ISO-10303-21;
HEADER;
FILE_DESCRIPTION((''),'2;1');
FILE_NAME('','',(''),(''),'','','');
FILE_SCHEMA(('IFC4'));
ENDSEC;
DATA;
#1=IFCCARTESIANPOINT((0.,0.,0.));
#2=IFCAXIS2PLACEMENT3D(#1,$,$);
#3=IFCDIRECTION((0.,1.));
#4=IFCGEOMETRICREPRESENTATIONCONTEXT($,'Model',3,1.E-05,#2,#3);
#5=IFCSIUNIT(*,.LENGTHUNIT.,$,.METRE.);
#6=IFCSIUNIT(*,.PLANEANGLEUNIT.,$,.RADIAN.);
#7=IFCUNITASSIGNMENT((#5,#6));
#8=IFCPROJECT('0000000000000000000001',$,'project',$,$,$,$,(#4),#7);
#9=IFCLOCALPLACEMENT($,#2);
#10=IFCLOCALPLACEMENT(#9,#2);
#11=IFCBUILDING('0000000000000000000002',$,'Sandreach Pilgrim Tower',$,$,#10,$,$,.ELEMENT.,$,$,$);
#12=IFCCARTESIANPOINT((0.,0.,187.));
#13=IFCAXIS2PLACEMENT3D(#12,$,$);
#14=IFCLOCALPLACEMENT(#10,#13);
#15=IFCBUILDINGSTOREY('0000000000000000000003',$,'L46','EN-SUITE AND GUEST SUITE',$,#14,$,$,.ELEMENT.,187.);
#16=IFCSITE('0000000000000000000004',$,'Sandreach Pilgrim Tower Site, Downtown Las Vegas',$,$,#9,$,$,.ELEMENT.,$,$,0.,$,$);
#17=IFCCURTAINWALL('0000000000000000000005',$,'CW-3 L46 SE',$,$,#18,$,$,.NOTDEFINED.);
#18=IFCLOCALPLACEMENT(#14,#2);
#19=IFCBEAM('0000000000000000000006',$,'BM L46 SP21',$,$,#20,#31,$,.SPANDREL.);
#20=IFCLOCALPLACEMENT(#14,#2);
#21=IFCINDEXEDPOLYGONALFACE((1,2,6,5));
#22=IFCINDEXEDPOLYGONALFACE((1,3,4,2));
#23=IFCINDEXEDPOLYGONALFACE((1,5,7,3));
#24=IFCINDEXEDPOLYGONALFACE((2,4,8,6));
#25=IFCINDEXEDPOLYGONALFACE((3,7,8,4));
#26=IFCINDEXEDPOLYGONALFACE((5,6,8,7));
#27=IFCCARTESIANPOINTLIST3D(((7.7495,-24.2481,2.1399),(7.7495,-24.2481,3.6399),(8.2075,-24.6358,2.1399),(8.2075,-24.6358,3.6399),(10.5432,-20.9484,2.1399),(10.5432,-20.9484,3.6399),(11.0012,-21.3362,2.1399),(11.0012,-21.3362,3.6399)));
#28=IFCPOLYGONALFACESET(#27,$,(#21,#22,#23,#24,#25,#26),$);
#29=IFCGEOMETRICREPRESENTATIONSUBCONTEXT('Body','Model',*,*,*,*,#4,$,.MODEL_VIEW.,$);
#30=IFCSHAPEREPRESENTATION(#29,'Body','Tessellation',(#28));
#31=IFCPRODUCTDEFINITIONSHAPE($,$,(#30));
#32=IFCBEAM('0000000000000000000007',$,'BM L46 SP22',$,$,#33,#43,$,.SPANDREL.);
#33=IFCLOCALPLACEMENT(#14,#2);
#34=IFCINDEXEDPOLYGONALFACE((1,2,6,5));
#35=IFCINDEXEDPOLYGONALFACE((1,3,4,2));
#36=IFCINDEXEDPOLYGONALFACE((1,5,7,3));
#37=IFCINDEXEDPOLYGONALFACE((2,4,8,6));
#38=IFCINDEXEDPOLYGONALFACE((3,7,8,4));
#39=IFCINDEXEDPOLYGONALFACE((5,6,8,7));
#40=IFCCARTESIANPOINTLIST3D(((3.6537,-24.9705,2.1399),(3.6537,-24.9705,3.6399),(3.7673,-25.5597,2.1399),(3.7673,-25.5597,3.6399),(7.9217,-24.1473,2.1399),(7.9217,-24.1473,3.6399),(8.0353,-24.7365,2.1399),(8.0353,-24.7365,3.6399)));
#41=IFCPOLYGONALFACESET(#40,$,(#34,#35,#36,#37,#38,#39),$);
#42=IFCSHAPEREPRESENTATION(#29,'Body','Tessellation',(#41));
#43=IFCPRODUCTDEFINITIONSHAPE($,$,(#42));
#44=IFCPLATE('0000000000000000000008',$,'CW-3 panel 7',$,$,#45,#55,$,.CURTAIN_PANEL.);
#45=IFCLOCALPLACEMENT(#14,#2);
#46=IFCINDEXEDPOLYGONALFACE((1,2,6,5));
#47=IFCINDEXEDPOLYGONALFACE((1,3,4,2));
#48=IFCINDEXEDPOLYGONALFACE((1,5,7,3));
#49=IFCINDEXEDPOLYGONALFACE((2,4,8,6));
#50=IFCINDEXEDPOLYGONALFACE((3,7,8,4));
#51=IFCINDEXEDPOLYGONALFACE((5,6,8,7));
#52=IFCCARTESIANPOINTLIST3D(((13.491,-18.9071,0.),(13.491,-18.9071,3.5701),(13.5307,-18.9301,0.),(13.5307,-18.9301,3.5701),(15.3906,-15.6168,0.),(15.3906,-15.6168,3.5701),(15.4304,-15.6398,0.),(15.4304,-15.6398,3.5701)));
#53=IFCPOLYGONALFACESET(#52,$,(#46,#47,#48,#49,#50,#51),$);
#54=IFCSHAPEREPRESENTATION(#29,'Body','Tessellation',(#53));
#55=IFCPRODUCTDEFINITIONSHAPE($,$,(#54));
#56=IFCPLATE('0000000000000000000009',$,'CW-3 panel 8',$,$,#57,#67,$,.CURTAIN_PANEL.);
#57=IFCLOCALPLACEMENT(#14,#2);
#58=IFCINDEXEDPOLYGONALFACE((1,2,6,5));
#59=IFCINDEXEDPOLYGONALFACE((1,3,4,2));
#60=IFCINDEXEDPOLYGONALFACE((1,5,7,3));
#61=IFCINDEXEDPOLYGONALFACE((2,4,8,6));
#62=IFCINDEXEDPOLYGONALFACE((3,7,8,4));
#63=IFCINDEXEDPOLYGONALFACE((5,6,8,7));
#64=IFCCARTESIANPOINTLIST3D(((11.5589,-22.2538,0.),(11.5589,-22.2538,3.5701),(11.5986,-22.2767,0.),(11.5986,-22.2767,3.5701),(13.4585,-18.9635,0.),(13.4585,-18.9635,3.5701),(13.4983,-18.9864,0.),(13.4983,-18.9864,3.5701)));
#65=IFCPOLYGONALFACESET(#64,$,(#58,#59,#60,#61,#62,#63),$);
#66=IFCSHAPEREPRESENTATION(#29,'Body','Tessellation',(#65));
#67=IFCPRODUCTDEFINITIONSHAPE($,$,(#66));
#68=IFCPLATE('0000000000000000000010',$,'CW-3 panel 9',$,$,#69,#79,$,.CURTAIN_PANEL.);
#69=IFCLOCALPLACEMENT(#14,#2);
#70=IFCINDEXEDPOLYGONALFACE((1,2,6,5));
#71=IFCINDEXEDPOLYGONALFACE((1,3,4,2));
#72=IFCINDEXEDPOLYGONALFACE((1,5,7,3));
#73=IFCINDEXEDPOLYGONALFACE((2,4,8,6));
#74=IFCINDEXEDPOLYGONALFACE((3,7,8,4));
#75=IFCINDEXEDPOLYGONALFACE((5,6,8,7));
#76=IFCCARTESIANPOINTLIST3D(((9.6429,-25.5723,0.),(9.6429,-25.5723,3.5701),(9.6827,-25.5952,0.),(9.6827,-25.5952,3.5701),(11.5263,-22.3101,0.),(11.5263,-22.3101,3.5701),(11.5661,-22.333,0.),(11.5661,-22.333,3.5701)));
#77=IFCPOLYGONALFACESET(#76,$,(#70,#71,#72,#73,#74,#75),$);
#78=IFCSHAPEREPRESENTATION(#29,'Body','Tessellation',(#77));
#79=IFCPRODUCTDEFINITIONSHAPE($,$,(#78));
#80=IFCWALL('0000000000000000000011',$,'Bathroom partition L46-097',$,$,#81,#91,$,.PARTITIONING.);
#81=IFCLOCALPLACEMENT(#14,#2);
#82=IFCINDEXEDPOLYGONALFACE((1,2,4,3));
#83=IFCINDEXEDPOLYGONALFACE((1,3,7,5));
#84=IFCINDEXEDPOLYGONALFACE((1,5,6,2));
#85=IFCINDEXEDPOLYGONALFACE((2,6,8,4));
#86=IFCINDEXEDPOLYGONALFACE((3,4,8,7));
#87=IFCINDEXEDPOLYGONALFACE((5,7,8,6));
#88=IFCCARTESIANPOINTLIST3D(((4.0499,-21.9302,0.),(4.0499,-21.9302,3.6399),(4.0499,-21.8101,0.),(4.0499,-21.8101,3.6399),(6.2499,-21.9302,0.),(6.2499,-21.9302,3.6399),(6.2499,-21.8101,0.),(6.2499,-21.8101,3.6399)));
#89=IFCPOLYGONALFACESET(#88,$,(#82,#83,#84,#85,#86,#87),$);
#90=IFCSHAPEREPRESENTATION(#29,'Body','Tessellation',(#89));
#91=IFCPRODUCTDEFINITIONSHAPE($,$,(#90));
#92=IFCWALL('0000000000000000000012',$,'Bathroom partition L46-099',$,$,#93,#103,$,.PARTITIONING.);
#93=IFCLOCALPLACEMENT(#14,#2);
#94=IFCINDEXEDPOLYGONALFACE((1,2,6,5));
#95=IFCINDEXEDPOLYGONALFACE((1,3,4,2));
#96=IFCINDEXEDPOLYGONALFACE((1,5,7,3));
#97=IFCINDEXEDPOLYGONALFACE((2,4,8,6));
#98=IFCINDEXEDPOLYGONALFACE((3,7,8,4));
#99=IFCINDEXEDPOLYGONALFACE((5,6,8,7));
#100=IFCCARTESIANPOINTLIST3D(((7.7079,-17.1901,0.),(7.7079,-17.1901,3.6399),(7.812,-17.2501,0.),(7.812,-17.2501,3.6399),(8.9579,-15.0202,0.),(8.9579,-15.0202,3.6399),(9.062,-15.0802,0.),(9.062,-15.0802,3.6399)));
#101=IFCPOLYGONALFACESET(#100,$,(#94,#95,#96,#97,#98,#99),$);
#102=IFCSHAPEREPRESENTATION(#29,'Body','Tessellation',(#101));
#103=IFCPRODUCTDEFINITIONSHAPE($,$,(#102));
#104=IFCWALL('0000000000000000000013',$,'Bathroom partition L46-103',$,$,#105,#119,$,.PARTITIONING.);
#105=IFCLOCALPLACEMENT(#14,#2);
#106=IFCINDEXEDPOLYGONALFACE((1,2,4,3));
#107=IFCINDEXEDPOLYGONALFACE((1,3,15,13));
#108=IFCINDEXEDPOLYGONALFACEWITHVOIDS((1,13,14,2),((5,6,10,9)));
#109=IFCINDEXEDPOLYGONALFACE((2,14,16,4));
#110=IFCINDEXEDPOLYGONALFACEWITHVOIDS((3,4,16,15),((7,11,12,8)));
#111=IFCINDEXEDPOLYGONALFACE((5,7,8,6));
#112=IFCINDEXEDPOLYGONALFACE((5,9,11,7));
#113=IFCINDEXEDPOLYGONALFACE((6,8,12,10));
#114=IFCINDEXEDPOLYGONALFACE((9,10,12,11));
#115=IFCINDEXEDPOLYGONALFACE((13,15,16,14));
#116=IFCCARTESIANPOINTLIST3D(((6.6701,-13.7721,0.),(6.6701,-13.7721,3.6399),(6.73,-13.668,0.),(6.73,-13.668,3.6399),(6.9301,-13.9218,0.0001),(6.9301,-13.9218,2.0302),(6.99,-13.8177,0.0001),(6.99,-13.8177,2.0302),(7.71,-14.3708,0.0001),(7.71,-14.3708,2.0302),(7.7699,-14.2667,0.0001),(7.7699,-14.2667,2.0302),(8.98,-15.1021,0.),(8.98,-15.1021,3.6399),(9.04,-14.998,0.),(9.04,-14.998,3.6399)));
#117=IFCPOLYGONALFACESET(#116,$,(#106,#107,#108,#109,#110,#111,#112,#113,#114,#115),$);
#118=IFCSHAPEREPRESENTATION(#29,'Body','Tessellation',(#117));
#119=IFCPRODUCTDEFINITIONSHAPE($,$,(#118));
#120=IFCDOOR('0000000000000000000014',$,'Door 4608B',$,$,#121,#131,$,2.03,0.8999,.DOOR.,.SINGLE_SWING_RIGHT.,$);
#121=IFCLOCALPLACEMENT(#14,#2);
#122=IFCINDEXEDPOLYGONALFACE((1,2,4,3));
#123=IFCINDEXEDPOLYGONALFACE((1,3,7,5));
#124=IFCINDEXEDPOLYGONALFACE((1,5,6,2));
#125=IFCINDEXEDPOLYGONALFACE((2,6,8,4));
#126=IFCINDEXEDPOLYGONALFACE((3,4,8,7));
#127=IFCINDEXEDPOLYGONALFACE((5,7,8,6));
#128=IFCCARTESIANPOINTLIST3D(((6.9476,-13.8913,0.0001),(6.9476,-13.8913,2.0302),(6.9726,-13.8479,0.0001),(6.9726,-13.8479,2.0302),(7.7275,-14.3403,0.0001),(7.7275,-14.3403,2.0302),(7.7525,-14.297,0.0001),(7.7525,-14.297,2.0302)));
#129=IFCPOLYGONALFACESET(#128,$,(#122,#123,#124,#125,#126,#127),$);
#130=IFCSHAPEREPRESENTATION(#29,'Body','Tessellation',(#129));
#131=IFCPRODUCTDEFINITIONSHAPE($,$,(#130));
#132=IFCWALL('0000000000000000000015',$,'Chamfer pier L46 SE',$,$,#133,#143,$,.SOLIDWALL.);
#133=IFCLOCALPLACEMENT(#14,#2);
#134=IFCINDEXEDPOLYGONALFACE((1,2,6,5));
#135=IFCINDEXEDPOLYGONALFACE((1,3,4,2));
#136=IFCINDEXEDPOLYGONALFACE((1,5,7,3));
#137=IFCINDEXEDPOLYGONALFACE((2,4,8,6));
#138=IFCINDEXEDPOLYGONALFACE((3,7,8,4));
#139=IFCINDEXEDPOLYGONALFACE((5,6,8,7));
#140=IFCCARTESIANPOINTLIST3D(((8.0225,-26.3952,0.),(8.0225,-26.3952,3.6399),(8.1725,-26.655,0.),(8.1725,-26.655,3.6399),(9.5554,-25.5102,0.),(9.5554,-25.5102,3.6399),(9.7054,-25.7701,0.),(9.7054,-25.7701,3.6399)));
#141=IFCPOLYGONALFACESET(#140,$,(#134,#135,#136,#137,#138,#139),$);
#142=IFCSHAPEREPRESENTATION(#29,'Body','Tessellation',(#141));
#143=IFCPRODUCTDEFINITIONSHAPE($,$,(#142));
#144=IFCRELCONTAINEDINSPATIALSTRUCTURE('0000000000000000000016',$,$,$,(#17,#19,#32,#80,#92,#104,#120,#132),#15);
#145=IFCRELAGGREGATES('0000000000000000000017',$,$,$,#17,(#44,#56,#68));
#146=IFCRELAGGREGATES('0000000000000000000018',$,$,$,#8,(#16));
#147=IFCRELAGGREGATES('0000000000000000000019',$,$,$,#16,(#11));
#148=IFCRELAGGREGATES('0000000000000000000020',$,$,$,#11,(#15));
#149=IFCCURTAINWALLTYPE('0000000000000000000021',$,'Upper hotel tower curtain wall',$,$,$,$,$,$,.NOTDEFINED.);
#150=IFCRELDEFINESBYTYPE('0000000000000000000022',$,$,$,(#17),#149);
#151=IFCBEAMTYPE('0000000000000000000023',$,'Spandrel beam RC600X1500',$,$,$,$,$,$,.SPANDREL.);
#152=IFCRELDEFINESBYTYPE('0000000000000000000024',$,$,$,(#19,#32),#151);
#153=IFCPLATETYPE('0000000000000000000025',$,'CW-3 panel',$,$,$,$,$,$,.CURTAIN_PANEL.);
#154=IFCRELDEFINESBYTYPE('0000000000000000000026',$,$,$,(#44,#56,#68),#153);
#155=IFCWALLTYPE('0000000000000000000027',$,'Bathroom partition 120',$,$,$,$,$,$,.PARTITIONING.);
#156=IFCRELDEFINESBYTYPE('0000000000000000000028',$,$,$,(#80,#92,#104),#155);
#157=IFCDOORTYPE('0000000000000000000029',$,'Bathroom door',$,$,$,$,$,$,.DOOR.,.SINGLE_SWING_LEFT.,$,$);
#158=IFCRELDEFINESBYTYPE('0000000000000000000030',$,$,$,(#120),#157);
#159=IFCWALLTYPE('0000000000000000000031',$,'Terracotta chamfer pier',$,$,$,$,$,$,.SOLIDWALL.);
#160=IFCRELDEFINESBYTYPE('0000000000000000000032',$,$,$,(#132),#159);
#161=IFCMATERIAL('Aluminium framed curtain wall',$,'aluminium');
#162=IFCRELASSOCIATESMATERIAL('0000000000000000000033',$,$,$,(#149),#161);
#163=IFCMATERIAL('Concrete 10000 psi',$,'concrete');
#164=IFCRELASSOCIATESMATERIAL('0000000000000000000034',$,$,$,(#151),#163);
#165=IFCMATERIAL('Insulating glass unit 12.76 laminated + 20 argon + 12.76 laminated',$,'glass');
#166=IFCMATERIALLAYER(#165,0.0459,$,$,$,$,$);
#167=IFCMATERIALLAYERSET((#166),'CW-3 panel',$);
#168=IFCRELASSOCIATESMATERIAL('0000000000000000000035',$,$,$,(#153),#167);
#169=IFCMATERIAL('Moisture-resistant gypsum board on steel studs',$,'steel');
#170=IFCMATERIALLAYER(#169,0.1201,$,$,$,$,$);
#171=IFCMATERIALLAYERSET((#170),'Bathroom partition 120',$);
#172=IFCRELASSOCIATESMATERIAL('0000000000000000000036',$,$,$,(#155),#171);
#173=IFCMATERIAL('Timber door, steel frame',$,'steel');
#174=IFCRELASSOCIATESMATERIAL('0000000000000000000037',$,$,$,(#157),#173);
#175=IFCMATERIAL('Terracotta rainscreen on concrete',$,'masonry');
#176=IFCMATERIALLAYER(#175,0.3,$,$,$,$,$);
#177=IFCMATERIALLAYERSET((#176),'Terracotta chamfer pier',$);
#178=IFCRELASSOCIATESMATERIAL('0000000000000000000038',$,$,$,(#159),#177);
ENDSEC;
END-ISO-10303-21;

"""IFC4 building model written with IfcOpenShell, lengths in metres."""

from ifc_helpers import new_model, si_unit, direction, frame, frame_2d, origin, origin_2d, place, context, subcontext, project, spatial, rectangle, extrude, material, layer, layer_set, material_profile, profile_set, type_object, element, fill, aggregate, save


model = new_model("IFC4")

# Units and contexts
model_context = context("Model", 3, precision=1e-05, world=origin(), true_north=direction((0.0, 1.0)))
body_context = subcontext(model_context, "Body", "Model", "MODEL_VIEW")
ifc_project = project(units=[si_unit("LENGTHUNIT", "METRE"), si_unit("PLANEANGLEUNIT", "RADIAN")], contexts=[model_context])

# Site, building, storey
site_placement = place(None, origin())
site = spatial("IfcSite", under=ifc_project, at=site_placement, Name="Sandreach Pilgrim Tower Site, Downtown Las Vegas", CompositionType="ELEMENT", RefElevation=0.0)
building_placement = place(site_placement, origin())
building = spatial("IfcBuilding", under=site, at=building_placement, Name="Sandreach Pilgrim Tower", CompositionType="ELEMENT")
storey_placement = place(building_placement, frame((0.0, 0.0, 187.0)))
storey = spatial("IfcBuildingStorey", under=building, at=storey_placement, Name="L46", Description="EN-SUITE AND GUEST SUITE", CompositionType="ELEMENT", Elevation=187.0)

# Curtain wall
ifc_material_1 = material(Name="Aluminium framed curtain wall", Category="aluminium")
curtain_wall_type = type_object("IfcCurtainWallType", Name="Upper hotel tower curtain wall", PredefinedType="NOTDEFINED", material=ifc_material_1)
curtain_wall_1_placement = place(storey_placement, origin())
curtain_wall_1 = element("IfcCurtainWall", 1, at=curtain_wall_1_placement, inside=storey, type_object=curtain_wall_type, Name="CW-3 L46 SE", PredefinedType="NOTDEFINED")

# Beams
ifc_material_2 = material(Name="Concrete 10000 psi", Category="concrete")
ifc_material_profile_1 = material_profile(ifc_material_2, rectangle(XDim=0.6001, YDim=1.5, at=origin_2d()), Name="RC600X1500")
ifc_profile_set_1 = profile_set([ifc_material_profile_1], Name="Concrete 10000 psi")
beam_type_1 = type_object("IfcBeamType", Name="Spandrel beam RC600X1500", PredefinedType="SPANDREL", material=ifc_profile_set_1)
beam_1_placement = place(storey_placement, frame((10.7722, -21.1423, 2.8899), z_axis=(-0.64618, -0.763185, 0.0), x_axis=(0.763185, -0.64618, 0.0)))
element("IfcBeam", 2, at=beam_1_placement, inside=storey, type_object=beam_type_1, Name="BM L46 SP21", PredefinedType="SPANDREL", context=body_context, shape_type="SweptSolid", body=[
    extrude(rectangle(XDim=0.6001, YDim=1.5, at=origin_2d()), origin(), (0.0, 0.0, 1.0), 4.3235),
])
beam_2_placement = place(storey_placement, frame((7.9785, -24.4419, 2.8899), z_axis=(-0.981901, -0.189393, 0.0), x_axis=(0.189393, -0.981901, 0.0)))
element("IfcBeam", 3, at=beam_2_placement, inside=storey, type_object=beam_type_1, Name="BM L46 SP22", PredefinedType="SPANDREL", context=body_context, shape_type="SweptSolid", body=[
    extrude(rectangle(XDim=0.6001, YDim=1.5, at=origin_2d()), origin(), (0.0, 0.0, 1.0), 4.3467),
])

# Plates
ifc_material_3 = material(Name="Insulating glass unit 12.76 laminated + 20 argon + 12.76 laminated", Category="glass")
ifc_layer_1 = layer(ifc_material_3, 0.0459)
ifc_layer_set_1 = layer_set([ifc_layer_1], Name="CW-3 panel")
plate_type = type_object("IfcPlateType", Name="CW-3 panel", PredefinedType="CURTAIN_PANEL", material=ifc_layer_set_1)
plate_1_placement = place(storey_placement, frame((14.4607, -17.2734, 0.0), z_axis=(0.0, 0.0, 1.0), x_axis=(-0.5, -0.866025, 0.0)))
plate_1 = element("IfcPlate", 4, at=plate_1_placement, type_object=plate_type, Name="CW-3 panel 7", PredefinedType="CURTAIN_PANEL", context=body_context, shape_type="SweptSolid", body=[
    extrude(rectangle(XDim=3.7993, YDim=0.0459, at=origin_2d()), origin(), (0.0, 0.0, 1.0), 3.5701),
])
plate_2_placement = place(storey_placement, frame((12.5286, -20.6201, 0.0), z_axis=(0.0, 0.0, 1.0), x_axis=(-0.5, -0.866025, 0.0)))
plate_2 = element("IfcPlate", 5, at=plate_2_placement, type_object=plate_type, Name="CW-3 panel 8", PredefinedType="CURTAIN_PANEL", context=body_context, shape_type="SweptSolid", body=[
    extrude(rectangle(XDim=3.7993, YDim=0.0459, at=origin_2d()), origin(), (0.0, 0.0, 1.0), 3.5701),
])
plate_3_placement = place(storey_placement, frame((10.6045, -23.9526, 0.0), z_axis=(0.0, 0.0, 1.0), x_axis=(-0.5, -0.866025, 0.0)))
plate_3 = element("IfcPlate", 6, at=plate_3_placement, type_object=plate_type, Name="CW-3 panel 9", PredefinedType="CURTAIN_PANEL", context=body_context, shape_type="SweptSolid", body=[
    extrude(rectangle(XDim=3.7668, YDim=0.0459, at=origin_2d()), origin(), (0.0, 0.0, 1.0), 3.5701),
])
aggregate(curtain_wall_1, [plate_1, plate_2, plate_3])

# Walls
ifc_material_4 = material(Name="Moisture-resistant gypsum board on steel studs", Category="steel")
ifc_layer_2 = layer(ifc_material_4, 0.1201)
ifc_layer_set_2 = layer_set([ifc_layer_2], Name="Bathroom partition 120")
wall_type_1 = type_object("IfcWallType", Name="Bathroom partition 120", PredefinedType="PARTITIONING", material=ifc_layer_set_2)
wall_1_placement = place(storey_placement, frame((6.25, -21.8701, 0.0), z_axis=(0.0, 0.0, 1.0), x_axis=(-1.0, 0.0, 0.0)))
element("IfcWall", 7, at=wall_1_placement, inside=storey, type_object=wall_type_1, Name="Bathroom partition L46-097", PredefinedType="PARTITIONING", context=body_context, shape_type="SweptSolid", body=[
    extrude(rectangle(XDim=2.2, YDim=0.1201, at=frame_2d((1.1001, 0.0))), origin(), (0.0, 0.0, 1.0), 3.6399),
])
wall_2_placement = place(storey_placement, frame((7.76, -17.22, 0.0), z_axis=(0.0, 0.0, 1.0), x_axis=(0.49916, 0.86651, 0.0)))
element("IfcWall", 8, at=wall_2_placement, inside=storey, type_object=wall_type_1, Name="Bathroom partition L46-099", PredefinedType="PARTITIONING", context=body_context, shape_type="SweptSolid", body=[
    extrude(rectangle(XDim=2.5042, YDim=0.1201, at=frame_2d((1.252, 0.0))), origin(), (0.0, 0.0, 1.0), 3.6399),
])

# Wall, opening, door
wall_3_placement = place(storey_placement, frame((9.01, -15.05, 0.0), z_axis=(0.0, 0.0, 1.0), x_axis=(-0.866615, 0.498977, 0.0)))
wall_3 = element("IfcWall", 9, at=wall_3_placement, inside=storey, type_object=wall_type_1, Name="Bathroom partition L46-103", PredefinedType="PARTITIONING", context=body_context, shape_type="SweptSolid", body=[
    extrude(rectangle(XDim=2.6655, YDim=0.1201, at=frame_2d((1.3328, 0.0))), origin(), (0.0, 0.0, 1.0), 3.6399),
])
opening_placement = place(wall_3_placement, frame((1.4656, 0.0, 0.0)))
opening = element("IfcOpeningElement", 10, at=opening_placement, cuts=wall_3, PredefinedType="OPENING", context=body_context, shape_type="SweptSolid", body=[
    extrude(rectangle(XDim=0.8999, YDim=2.03, at=frame_2d((0.45, 1.0151))), frame((0.0, 0.0601, 0.0), z_axis=(0.0, -1.0, 0.0), x_axis=(1.0, 0.0, 0.0)), (0.0, 0.0, 1.0), 0.1201),
])
ifc_material_5 = material(Name="Timber door, steel frame", Category="steel")
door_type = type_object("IfcDoorType", Name="Bathroom door", OperationType="SINGLE_SWING_LEFT", PredefinedType="DOOR", material=ifc_material_5)
door_placement = place(opening_placement, origin())
door = element("IfcDoor", 11, at=door_placement, inside=storey, type_object=door_type, Name="Door 4608B", OperationType="SINGLE_SWING_RIGHT", OverallHeight=2.03, OverallWidth=0.8999, PredefinedType="DOOR", context=body_context, shape_type="SweptSolid", body=[
    extrude(rectangle(XDim=0.8999, YDim=2.03, at=frame_2d((0.45, 1.0151))), frame((0.0, 0.0249, 0.0), z_axis=(0.0, -1.0, 0.0), x_axis=(1.0, 0.0, 0.0)), (0.0, 0.0, 1.0), 0.05),
])
fill(opening, door)

# Wall
ifc_material_6 = material(Name="Terracotta rainscreen on concrete", Category="masonry")
ifc_layer_3 = layer(ifc_material_6, 0.3)
ifc_layer_set_3 = layer_set([ifc_layer_3], Name="Terracotta chamfer pier")
wall_type_2 = type_object("IfcWallType", Name="Terracotta chamfer pier", PredefinedType="SOLIDWALL", material=ifc_layer_set_3)
wall_4_placement = place(storey_placement, frame((9.6304, -25.6401, 0.0), z_axis=(0.0, 0.0, 1.0), x_axis=(-0.866036, -0.499981, 0.0)))
element("IfcWall", 12, at=wall_4_placement, inside=storey, type_object=wall_type_2, Name="Chamfer pier L46 SE", PredefinedType="SOLIDWALL", context=body_context, shape_type="SweptSolid", body=[
    extrude(rectangle(XDim=1.77, YDim=0.3, at=frame_2d((0.885, 0.0))), origin(), (0.0, 0.0, 1.0), 3.6399),
])

save(model, "model.ifc")
